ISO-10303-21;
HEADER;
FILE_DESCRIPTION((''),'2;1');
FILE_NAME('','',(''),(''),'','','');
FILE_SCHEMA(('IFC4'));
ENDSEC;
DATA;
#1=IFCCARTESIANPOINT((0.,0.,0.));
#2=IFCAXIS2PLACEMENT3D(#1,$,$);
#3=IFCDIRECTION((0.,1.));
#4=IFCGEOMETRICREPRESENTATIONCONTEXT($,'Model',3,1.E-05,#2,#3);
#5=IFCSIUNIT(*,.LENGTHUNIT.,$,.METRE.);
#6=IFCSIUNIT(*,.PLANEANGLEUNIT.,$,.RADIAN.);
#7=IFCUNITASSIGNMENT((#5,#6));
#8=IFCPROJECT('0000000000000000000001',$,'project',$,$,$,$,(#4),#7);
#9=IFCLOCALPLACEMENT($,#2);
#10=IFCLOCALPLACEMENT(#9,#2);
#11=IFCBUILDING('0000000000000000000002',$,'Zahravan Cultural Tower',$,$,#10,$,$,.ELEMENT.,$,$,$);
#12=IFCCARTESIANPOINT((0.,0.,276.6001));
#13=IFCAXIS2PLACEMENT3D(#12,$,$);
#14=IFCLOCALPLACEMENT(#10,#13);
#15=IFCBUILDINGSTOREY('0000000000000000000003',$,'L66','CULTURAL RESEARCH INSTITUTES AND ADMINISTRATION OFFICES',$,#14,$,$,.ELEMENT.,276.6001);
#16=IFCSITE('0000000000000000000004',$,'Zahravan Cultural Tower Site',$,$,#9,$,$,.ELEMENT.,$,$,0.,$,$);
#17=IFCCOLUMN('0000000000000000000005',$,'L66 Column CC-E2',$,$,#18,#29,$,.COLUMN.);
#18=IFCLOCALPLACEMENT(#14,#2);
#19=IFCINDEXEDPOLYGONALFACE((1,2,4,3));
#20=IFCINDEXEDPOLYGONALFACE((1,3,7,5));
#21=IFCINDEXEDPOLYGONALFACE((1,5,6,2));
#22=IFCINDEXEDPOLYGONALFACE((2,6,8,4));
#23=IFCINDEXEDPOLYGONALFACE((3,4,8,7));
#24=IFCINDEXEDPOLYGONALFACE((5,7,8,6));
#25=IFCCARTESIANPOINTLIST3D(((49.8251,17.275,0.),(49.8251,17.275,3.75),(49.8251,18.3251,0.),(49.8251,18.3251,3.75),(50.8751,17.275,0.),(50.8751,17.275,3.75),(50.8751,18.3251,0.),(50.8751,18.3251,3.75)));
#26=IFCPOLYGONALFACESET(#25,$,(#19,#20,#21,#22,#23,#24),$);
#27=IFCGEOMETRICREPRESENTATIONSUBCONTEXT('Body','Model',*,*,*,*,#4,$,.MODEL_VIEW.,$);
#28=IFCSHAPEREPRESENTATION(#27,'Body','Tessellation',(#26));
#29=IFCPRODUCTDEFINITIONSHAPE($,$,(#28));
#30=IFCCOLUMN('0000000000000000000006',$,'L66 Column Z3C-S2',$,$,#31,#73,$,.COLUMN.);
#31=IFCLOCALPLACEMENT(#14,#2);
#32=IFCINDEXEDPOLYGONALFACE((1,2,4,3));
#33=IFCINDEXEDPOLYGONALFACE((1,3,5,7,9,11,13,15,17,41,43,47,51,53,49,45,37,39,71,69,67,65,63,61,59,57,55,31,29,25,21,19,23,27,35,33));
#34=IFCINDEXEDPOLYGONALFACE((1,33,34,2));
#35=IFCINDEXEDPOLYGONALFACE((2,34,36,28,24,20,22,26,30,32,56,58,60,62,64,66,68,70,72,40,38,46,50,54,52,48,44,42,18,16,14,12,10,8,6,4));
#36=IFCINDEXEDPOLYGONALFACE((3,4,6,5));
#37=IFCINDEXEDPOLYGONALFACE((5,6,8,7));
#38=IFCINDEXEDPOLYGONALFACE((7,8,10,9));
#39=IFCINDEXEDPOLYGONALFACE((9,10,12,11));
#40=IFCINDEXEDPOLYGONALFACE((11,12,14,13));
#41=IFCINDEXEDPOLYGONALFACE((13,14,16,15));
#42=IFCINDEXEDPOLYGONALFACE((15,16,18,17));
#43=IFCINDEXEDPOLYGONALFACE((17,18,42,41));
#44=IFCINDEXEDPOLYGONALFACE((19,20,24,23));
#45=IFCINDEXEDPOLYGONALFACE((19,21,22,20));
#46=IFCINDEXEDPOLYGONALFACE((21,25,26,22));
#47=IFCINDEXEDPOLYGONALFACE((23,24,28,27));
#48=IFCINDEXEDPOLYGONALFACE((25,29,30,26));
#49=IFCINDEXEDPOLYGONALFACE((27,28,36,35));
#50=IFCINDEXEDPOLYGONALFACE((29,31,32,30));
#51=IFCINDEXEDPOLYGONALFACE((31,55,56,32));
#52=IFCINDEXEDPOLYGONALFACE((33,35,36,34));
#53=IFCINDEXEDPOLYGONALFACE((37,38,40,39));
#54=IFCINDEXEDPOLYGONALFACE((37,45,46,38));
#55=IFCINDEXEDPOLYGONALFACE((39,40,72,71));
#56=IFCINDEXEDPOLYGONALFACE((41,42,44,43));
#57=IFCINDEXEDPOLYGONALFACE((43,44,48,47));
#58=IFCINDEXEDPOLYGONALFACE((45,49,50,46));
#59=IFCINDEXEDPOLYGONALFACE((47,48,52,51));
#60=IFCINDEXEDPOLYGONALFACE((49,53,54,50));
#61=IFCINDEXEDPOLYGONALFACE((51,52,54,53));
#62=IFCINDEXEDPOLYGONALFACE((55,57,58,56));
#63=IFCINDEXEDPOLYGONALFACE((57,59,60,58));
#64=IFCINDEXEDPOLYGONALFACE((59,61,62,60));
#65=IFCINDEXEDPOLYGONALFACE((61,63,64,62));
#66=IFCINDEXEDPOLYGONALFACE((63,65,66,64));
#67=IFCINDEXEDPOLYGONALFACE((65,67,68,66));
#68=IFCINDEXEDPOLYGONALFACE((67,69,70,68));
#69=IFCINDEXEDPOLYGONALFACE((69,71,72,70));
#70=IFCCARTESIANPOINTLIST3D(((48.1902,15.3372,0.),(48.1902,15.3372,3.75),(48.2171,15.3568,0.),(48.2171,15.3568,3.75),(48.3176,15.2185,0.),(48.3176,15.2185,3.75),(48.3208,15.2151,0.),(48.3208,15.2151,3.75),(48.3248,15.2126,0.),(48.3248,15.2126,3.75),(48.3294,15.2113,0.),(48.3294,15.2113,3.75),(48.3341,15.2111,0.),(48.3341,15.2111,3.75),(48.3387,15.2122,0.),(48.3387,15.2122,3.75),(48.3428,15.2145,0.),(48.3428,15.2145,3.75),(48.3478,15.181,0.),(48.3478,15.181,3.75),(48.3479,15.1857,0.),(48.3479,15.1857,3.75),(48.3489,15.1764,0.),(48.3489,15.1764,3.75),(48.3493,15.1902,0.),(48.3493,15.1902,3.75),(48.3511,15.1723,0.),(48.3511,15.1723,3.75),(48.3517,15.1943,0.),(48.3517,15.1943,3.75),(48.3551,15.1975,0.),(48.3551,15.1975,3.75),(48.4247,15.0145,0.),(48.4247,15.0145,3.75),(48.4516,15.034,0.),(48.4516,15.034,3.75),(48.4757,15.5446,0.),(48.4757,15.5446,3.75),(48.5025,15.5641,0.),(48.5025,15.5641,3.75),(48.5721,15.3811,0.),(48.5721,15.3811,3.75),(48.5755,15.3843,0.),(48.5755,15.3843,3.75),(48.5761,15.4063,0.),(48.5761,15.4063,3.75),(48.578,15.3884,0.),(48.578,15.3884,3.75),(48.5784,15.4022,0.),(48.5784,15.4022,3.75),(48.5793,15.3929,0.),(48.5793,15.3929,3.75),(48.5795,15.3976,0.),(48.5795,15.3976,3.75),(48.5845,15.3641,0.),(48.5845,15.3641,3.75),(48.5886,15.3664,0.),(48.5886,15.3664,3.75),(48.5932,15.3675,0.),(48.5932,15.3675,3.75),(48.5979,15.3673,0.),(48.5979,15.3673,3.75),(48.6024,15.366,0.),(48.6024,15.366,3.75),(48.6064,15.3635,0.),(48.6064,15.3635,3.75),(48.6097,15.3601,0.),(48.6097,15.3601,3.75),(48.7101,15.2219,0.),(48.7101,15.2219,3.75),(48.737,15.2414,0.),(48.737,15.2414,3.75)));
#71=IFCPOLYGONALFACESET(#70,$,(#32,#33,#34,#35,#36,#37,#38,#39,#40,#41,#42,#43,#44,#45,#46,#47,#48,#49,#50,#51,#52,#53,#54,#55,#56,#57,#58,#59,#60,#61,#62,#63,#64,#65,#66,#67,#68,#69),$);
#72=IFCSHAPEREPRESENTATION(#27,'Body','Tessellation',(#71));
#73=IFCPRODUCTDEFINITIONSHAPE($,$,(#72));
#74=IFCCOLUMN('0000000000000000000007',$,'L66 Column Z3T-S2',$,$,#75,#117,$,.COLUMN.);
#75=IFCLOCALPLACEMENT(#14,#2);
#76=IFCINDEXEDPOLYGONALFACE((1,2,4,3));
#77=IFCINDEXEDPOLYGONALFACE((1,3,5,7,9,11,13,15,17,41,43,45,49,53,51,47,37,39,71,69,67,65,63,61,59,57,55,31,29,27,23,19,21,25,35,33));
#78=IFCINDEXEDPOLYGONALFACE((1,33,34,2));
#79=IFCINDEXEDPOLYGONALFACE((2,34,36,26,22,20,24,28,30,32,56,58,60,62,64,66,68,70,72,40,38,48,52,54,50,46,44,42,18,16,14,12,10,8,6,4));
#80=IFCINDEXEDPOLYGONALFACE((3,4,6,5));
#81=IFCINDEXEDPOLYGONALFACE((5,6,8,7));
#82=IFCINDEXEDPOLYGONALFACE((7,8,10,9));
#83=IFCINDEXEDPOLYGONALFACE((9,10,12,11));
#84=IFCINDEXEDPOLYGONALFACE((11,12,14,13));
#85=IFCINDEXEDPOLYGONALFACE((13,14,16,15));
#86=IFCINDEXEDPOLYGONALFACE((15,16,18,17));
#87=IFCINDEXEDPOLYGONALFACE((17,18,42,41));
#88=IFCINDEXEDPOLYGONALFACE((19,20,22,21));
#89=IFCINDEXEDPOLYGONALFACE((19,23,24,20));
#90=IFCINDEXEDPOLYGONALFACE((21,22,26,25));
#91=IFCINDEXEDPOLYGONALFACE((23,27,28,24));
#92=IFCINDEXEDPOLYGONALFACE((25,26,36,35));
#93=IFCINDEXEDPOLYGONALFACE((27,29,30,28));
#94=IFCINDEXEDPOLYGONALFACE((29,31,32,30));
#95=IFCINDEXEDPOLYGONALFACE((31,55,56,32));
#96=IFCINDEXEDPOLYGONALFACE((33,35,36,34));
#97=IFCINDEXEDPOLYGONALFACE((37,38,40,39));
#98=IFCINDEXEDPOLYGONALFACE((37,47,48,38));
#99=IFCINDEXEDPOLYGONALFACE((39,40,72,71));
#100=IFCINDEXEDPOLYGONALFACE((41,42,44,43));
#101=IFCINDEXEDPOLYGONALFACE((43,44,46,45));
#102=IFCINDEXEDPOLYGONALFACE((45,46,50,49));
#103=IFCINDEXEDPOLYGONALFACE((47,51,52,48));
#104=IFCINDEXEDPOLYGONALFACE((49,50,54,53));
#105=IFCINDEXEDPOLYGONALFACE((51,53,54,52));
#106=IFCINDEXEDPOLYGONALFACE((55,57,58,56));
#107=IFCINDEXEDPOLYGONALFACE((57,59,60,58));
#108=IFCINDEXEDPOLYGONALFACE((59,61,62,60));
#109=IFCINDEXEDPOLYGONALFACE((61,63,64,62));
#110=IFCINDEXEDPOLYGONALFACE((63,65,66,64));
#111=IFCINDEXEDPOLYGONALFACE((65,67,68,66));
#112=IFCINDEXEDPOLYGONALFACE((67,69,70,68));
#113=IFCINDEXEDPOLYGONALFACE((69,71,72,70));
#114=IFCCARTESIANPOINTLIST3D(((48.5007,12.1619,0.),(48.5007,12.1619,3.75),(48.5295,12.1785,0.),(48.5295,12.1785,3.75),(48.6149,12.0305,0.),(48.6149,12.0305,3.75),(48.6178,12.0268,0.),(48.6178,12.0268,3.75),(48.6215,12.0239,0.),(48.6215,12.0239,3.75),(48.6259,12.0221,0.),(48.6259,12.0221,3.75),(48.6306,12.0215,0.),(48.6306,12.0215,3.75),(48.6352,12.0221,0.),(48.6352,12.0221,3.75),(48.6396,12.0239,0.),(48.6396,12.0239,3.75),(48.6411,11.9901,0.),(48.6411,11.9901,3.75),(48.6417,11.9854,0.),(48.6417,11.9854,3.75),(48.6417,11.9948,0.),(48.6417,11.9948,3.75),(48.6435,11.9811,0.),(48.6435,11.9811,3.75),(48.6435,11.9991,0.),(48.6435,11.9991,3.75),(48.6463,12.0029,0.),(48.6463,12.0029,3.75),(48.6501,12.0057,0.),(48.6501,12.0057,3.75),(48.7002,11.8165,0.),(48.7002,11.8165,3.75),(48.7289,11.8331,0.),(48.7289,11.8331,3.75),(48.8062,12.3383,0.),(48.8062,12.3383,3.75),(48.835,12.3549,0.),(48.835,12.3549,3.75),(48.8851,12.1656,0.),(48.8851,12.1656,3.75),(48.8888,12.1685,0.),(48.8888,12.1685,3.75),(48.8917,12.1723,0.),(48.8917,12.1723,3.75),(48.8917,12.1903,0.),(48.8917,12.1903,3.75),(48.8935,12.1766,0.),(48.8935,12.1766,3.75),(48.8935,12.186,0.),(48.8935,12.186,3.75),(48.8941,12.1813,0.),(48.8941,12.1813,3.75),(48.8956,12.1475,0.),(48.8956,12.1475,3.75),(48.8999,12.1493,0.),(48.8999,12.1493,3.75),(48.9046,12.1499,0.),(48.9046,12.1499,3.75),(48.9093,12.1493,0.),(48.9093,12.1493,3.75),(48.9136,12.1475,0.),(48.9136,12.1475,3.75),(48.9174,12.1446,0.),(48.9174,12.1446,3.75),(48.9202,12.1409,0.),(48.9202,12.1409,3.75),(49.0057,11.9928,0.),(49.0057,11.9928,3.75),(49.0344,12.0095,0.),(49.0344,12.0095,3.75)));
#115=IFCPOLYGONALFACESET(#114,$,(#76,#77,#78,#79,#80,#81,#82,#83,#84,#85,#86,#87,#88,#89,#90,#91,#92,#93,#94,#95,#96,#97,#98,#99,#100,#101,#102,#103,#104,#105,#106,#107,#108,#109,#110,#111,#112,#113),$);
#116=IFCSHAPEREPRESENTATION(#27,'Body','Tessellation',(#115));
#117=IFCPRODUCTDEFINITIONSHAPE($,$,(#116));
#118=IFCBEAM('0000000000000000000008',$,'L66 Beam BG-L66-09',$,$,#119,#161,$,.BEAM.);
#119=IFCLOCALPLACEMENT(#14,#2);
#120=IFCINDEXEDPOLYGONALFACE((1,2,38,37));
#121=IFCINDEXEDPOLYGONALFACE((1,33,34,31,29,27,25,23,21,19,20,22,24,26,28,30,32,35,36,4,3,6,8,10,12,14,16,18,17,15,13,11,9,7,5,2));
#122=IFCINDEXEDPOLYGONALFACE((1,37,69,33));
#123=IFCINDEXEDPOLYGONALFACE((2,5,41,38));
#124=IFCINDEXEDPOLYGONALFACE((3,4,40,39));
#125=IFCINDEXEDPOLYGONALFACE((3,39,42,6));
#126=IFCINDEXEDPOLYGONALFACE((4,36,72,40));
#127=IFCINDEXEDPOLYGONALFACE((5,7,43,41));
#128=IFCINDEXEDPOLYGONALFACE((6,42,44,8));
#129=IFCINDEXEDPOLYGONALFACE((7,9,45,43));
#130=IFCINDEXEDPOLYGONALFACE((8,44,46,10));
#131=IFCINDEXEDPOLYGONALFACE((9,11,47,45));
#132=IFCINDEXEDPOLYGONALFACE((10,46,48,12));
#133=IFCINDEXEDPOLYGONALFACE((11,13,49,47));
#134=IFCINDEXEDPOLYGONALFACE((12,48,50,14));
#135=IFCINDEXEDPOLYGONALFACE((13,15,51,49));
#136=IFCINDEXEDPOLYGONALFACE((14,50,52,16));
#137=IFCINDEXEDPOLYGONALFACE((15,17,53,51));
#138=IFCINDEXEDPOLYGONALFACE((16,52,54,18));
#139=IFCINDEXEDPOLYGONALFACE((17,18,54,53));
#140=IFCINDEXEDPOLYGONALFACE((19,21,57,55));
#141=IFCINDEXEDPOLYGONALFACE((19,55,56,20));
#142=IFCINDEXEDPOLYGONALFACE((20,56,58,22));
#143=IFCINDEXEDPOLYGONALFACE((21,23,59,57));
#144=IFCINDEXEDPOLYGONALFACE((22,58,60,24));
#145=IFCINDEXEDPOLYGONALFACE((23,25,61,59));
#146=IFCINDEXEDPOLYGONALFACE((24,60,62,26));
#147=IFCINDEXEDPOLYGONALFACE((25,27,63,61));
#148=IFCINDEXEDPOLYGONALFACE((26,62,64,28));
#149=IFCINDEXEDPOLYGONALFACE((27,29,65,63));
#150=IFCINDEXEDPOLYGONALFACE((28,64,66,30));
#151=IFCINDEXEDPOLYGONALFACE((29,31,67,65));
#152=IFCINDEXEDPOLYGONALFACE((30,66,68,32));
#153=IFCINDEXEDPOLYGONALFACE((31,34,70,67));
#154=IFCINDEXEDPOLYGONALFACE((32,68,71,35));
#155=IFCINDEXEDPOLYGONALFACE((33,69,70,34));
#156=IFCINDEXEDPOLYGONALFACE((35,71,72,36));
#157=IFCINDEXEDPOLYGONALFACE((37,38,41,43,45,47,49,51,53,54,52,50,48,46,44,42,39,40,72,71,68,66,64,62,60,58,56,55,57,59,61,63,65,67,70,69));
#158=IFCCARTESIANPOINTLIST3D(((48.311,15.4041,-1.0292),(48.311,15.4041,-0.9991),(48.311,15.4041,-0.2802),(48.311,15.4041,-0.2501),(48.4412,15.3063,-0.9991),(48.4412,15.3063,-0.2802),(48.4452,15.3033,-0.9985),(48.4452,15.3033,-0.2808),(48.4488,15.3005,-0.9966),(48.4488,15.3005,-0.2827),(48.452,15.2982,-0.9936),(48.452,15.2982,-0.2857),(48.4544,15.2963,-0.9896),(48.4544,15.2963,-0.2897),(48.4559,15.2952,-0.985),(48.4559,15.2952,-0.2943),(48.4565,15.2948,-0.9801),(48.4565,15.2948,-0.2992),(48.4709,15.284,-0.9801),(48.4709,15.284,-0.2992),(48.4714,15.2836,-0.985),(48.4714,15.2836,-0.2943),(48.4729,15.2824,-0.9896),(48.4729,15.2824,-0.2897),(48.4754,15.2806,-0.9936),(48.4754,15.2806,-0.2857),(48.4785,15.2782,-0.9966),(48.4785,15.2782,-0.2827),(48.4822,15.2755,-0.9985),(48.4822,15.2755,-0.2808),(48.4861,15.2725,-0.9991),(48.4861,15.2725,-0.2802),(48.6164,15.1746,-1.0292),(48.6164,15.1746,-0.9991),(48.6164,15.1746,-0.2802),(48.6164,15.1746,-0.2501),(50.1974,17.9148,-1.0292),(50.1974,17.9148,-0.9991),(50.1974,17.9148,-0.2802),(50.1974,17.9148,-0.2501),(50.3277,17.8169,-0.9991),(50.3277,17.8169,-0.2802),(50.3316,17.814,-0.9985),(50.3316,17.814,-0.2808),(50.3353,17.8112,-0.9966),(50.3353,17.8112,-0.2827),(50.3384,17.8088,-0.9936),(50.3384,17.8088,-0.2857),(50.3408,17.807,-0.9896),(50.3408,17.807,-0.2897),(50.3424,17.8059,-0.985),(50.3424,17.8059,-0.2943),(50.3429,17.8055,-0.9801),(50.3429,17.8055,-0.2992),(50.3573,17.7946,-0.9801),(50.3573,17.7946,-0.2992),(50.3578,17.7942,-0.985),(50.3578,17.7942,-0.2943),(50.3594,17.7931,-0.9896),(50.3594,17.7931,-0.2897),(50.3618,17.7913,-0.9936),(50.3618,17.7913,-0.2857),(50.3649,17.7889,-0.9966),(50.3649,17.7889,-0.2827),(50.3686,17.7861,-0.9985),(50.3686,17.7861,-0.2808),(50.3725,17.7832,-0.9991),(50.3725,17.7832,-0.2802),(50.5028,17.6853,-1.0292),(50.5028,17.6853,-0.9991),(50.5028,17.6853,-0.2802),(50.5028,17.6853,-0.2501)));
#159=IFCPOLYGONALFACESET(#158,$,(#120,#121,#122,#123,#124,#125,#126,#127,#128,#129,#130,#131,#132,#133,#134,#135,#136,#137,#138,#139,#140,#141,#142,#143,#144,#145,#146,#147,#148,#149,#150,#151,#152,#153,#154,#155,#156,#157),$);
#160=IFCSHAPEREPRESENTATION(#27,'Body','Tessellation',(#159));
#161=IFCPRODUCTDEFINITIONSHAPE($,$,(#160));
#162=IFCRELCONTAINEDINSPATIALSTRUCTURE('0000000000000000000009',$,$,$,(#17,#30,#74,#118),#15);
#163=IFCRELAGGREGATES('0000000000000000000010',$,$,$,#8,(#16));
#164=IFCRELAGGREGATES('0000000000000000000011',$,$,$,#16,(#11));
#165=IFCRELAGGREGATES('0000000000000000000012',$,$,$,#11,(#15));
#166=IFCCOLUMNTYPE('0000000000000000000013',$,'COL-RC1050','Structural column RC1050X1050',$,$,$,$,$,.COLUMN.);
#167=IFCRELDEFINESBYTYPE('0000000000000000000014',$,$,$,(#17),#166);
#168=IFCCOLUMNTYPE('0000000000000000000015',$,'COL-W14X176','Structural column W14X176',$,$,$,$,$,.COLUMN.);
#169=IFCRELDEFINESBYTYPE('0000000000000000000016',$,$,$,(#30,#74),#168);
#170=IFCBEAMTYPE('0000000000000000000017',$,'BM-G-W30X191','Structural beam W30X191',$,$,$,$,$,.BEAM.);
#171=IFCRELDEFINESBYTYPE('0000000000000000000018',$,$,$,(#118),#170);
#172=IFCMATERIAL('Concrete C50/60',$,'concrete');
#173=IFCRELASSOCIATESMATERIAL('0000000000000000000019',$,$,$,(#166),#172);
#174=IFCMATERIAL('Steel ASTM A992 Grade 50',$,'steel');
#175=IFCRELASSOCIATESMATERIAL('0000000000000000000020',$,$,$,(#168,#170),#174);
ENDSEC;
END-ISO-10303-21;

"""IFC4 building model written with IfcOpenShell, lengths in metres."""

from ifc_helpers import new_model, si_unit, direction, frame, origin, origin_2d, place, context, subcontext, project, spatial, rectangle, i_section, extrude, source, transform, mapped, material, material_profile, profile_set, type_object, element, save


model = new_model("IFC4")

# Units and contexts
model_context = context("Model", 3, precision=1e-05, world=origin(), true_north=direction((0.0, 1.0)))
body_context = subcontext(model_context, "Body", "Model", "MODEL_VIEW")
ifc_project = project(units=[si_unit("LENGTHUNIT", "METRE"), si_unit("PLANEANGLEUNIT", "RADIAN")], contexts=[model_context])

# Site, building, storey
site_placement = place(None, origin())
site = spatial("IfcSite", under=ifc_project, at=site_placement, Name="Zahravan Cultural Tower Site", CompositionType="ELEMENT", RefElevation=0.0)
building_placement = place(site_placement, origin())
building = spatial("IfcBuilding", under=site, at=building_placement, Name="Zahravan Cultural Tower", CompositionType="ELEMENT")
storey_placement = place(building_placement, frame((0.0, 0.0, 276.6001)))
storey = spatial("IfcBuildingStorey", under=building, at=storey_placement, Name="L66", Description="CULTURAL RESEARCH INSTITUTES AND ADMINISTRATION OFFICES", CompositionType="ELEMENT", Elevation=276.6001)

# Columns
ifc_material_1 = material(Name="Concrete C50/60", Category="concrete")
ifc_material_profile_1 = material_profile(ifc_material_1, rectangle(XDim=1.05, YDim=1.05, at=origin_2d()), Name="RC1050X1050")
ifc_profile_set_1 = profile_set([ifc_material_profile_1], Name="Concrete C50/60")
column_type_1 = type_object("IfcColumnType", Name="COL-RC1050", Description="Structural column RC1050X1050", PredefinedType="COLUMN", material=ifc_profile_set_1)
shared_shape_1 = source(origin(), body_context, "Body", "SweptSolid", [
    extrude(rectangle(XDim=1.05, YDim=1.05, at=origin_2d()), origin(), (0.0, 0.0, 1.0), 3.75),
])
column_placement = place(storey_placement, frame((50.3501, 17.8, 0.0), z_axis=(0.0, 0.0, 1.0), x_axis=(1.0, 0.0, 0.0)))
element("IfcColumn", 1, at=column_placement, inside=storey, type_object=column_type_1, Name="L66 Column CC-E2", PredefinedType="COLUMN", context=body_context, shape_type="MappedRepresentation", body=[
    mapped(shared_shape_1, transform((0.0, 0.0, 0.0), x_axis=(1.0, 0.0, 0.0), y_axis=(0.0, 1.0, 0.0), z_axis=(0.0, 0.0, 1.0), scale=1.0)),
])
ifc_material_2 = material(Name="Steel ASTM A992 Grade 50", Category="steel")
ifc_material_profile_2 = material_profile(ifc_material_2, i_section(OverallWidth=0.3989, OverallDepth=0.386, WebThickness=0.021, FlangeThickness=0.0332, FilletRadius=0.0181, at=origin_2d()), Name="W14X176")
ifc_profile_set_2 = profile_set([ifc_material_profile_2], Name="Steel ASTM A992 Grade 50")
column_type_2 = type_object("IfcColumnType", Name="COL-W14X176", Description="Structural column W14X176", PredefinedType="COLUMN", material=ifc_profile_set_2)
shared_shape_2 = source(origin(), body_context, "Body", "SweptSolid", [
    extrude(i_section(OverallWidth=0.3989, OverallDepth=0.386, WebThickness=0.021, FlangeThickness=0.0332, FilletRadius=0.0181, at=origin_2d()), origin(), (0.0, 0.0, 1.0), 3.75),
])
for number, where, z_axis, x_axis, name in (
    (2, (48.4636, 15.2893, 0.0), (0.0, 0.0, 1.0), (-0.587785, 0.809017, 0.0), "L66 Column Z3C-S2"),
    (3, (48.7676, 12.0857, 0.0), (0.0, 0.0, 1.0), (-0.5, 0.866025, 0.0), "L66 Column Z3T-S2"),
):
    element("IfcColumn", number, at=place(storey_placement, frame(where, z_axis=z_axis, x_axis=x_axis)), inside=storey, type_object=column_type_2, Name=name, PredefinedType="COLUMN", context=body_context, shape_type="MappedRepresentation", body=[
        mapped(shared_shape_2, transform((0.0, 0.0, 0.0), x_axis=(1.0, 0.0, 0.0), y_axis=(0.0, 1.0, 0.0), z_axis=(0.0, 0.0, 1.0), scale=1.0)),
    ])

# Beam
ifc_material_profile_3 = material_profile(ifc_material_2, i_section(OverallWidth=0.3821, OverallDepth=0.7791, WebThickness=0.0181, FlangeThickness=0.03, FilletRadius=0.019, at=origin_2d()), Name="W30X191")
ifc_profile_set_3 = profile_set([ifc_material_profile_3], Name="Steel ASTM A992 Grade 50")
beam_type = type_object("IfcBeamType", Name="BM-G-W30X191", Description="Structural beam W30X191", PredefinedType="BEAM", material=ifc_profile_set_3)
shared_shape_3 = source(origin(), body_context, "Body", "SweptSolid", [
    extrude(i_section(OverallWidth=0.3821, OverallDepth=0.7791, WebThickness=0.0181, FlangeThickness=0.03, FilletRadius=0.019, at=origin_2d()), origin(), (0.0, 0.0, 1.0), 3.1404),
])
beam_1_placement = place(storey_placement, frame((50.3501, 17.8, -0.6396), z_axis=(-0.600696, -0.799477, 0.0), x_axis=(0.799477, -0.600696, 0.0)))
element("IfcBeam", 4, at=beam_1_placement, inside=storey, type_object=beam_type, Name="L66 Beam BG-L66-09", PredefinedType="BEAM", context=body_context, shape_type="MappedRepresentation", body=[
    mapped(shared_shape_3, transform((0.0, 0.0, 0.0), x_axis=(1.0, 0.0, 0.0), y_axis=(0.0, 1.0, 0.0), z_axis=(0.0, 0.0, 1.0), scale=1.0)),
])

save(model, "model.ifc")
